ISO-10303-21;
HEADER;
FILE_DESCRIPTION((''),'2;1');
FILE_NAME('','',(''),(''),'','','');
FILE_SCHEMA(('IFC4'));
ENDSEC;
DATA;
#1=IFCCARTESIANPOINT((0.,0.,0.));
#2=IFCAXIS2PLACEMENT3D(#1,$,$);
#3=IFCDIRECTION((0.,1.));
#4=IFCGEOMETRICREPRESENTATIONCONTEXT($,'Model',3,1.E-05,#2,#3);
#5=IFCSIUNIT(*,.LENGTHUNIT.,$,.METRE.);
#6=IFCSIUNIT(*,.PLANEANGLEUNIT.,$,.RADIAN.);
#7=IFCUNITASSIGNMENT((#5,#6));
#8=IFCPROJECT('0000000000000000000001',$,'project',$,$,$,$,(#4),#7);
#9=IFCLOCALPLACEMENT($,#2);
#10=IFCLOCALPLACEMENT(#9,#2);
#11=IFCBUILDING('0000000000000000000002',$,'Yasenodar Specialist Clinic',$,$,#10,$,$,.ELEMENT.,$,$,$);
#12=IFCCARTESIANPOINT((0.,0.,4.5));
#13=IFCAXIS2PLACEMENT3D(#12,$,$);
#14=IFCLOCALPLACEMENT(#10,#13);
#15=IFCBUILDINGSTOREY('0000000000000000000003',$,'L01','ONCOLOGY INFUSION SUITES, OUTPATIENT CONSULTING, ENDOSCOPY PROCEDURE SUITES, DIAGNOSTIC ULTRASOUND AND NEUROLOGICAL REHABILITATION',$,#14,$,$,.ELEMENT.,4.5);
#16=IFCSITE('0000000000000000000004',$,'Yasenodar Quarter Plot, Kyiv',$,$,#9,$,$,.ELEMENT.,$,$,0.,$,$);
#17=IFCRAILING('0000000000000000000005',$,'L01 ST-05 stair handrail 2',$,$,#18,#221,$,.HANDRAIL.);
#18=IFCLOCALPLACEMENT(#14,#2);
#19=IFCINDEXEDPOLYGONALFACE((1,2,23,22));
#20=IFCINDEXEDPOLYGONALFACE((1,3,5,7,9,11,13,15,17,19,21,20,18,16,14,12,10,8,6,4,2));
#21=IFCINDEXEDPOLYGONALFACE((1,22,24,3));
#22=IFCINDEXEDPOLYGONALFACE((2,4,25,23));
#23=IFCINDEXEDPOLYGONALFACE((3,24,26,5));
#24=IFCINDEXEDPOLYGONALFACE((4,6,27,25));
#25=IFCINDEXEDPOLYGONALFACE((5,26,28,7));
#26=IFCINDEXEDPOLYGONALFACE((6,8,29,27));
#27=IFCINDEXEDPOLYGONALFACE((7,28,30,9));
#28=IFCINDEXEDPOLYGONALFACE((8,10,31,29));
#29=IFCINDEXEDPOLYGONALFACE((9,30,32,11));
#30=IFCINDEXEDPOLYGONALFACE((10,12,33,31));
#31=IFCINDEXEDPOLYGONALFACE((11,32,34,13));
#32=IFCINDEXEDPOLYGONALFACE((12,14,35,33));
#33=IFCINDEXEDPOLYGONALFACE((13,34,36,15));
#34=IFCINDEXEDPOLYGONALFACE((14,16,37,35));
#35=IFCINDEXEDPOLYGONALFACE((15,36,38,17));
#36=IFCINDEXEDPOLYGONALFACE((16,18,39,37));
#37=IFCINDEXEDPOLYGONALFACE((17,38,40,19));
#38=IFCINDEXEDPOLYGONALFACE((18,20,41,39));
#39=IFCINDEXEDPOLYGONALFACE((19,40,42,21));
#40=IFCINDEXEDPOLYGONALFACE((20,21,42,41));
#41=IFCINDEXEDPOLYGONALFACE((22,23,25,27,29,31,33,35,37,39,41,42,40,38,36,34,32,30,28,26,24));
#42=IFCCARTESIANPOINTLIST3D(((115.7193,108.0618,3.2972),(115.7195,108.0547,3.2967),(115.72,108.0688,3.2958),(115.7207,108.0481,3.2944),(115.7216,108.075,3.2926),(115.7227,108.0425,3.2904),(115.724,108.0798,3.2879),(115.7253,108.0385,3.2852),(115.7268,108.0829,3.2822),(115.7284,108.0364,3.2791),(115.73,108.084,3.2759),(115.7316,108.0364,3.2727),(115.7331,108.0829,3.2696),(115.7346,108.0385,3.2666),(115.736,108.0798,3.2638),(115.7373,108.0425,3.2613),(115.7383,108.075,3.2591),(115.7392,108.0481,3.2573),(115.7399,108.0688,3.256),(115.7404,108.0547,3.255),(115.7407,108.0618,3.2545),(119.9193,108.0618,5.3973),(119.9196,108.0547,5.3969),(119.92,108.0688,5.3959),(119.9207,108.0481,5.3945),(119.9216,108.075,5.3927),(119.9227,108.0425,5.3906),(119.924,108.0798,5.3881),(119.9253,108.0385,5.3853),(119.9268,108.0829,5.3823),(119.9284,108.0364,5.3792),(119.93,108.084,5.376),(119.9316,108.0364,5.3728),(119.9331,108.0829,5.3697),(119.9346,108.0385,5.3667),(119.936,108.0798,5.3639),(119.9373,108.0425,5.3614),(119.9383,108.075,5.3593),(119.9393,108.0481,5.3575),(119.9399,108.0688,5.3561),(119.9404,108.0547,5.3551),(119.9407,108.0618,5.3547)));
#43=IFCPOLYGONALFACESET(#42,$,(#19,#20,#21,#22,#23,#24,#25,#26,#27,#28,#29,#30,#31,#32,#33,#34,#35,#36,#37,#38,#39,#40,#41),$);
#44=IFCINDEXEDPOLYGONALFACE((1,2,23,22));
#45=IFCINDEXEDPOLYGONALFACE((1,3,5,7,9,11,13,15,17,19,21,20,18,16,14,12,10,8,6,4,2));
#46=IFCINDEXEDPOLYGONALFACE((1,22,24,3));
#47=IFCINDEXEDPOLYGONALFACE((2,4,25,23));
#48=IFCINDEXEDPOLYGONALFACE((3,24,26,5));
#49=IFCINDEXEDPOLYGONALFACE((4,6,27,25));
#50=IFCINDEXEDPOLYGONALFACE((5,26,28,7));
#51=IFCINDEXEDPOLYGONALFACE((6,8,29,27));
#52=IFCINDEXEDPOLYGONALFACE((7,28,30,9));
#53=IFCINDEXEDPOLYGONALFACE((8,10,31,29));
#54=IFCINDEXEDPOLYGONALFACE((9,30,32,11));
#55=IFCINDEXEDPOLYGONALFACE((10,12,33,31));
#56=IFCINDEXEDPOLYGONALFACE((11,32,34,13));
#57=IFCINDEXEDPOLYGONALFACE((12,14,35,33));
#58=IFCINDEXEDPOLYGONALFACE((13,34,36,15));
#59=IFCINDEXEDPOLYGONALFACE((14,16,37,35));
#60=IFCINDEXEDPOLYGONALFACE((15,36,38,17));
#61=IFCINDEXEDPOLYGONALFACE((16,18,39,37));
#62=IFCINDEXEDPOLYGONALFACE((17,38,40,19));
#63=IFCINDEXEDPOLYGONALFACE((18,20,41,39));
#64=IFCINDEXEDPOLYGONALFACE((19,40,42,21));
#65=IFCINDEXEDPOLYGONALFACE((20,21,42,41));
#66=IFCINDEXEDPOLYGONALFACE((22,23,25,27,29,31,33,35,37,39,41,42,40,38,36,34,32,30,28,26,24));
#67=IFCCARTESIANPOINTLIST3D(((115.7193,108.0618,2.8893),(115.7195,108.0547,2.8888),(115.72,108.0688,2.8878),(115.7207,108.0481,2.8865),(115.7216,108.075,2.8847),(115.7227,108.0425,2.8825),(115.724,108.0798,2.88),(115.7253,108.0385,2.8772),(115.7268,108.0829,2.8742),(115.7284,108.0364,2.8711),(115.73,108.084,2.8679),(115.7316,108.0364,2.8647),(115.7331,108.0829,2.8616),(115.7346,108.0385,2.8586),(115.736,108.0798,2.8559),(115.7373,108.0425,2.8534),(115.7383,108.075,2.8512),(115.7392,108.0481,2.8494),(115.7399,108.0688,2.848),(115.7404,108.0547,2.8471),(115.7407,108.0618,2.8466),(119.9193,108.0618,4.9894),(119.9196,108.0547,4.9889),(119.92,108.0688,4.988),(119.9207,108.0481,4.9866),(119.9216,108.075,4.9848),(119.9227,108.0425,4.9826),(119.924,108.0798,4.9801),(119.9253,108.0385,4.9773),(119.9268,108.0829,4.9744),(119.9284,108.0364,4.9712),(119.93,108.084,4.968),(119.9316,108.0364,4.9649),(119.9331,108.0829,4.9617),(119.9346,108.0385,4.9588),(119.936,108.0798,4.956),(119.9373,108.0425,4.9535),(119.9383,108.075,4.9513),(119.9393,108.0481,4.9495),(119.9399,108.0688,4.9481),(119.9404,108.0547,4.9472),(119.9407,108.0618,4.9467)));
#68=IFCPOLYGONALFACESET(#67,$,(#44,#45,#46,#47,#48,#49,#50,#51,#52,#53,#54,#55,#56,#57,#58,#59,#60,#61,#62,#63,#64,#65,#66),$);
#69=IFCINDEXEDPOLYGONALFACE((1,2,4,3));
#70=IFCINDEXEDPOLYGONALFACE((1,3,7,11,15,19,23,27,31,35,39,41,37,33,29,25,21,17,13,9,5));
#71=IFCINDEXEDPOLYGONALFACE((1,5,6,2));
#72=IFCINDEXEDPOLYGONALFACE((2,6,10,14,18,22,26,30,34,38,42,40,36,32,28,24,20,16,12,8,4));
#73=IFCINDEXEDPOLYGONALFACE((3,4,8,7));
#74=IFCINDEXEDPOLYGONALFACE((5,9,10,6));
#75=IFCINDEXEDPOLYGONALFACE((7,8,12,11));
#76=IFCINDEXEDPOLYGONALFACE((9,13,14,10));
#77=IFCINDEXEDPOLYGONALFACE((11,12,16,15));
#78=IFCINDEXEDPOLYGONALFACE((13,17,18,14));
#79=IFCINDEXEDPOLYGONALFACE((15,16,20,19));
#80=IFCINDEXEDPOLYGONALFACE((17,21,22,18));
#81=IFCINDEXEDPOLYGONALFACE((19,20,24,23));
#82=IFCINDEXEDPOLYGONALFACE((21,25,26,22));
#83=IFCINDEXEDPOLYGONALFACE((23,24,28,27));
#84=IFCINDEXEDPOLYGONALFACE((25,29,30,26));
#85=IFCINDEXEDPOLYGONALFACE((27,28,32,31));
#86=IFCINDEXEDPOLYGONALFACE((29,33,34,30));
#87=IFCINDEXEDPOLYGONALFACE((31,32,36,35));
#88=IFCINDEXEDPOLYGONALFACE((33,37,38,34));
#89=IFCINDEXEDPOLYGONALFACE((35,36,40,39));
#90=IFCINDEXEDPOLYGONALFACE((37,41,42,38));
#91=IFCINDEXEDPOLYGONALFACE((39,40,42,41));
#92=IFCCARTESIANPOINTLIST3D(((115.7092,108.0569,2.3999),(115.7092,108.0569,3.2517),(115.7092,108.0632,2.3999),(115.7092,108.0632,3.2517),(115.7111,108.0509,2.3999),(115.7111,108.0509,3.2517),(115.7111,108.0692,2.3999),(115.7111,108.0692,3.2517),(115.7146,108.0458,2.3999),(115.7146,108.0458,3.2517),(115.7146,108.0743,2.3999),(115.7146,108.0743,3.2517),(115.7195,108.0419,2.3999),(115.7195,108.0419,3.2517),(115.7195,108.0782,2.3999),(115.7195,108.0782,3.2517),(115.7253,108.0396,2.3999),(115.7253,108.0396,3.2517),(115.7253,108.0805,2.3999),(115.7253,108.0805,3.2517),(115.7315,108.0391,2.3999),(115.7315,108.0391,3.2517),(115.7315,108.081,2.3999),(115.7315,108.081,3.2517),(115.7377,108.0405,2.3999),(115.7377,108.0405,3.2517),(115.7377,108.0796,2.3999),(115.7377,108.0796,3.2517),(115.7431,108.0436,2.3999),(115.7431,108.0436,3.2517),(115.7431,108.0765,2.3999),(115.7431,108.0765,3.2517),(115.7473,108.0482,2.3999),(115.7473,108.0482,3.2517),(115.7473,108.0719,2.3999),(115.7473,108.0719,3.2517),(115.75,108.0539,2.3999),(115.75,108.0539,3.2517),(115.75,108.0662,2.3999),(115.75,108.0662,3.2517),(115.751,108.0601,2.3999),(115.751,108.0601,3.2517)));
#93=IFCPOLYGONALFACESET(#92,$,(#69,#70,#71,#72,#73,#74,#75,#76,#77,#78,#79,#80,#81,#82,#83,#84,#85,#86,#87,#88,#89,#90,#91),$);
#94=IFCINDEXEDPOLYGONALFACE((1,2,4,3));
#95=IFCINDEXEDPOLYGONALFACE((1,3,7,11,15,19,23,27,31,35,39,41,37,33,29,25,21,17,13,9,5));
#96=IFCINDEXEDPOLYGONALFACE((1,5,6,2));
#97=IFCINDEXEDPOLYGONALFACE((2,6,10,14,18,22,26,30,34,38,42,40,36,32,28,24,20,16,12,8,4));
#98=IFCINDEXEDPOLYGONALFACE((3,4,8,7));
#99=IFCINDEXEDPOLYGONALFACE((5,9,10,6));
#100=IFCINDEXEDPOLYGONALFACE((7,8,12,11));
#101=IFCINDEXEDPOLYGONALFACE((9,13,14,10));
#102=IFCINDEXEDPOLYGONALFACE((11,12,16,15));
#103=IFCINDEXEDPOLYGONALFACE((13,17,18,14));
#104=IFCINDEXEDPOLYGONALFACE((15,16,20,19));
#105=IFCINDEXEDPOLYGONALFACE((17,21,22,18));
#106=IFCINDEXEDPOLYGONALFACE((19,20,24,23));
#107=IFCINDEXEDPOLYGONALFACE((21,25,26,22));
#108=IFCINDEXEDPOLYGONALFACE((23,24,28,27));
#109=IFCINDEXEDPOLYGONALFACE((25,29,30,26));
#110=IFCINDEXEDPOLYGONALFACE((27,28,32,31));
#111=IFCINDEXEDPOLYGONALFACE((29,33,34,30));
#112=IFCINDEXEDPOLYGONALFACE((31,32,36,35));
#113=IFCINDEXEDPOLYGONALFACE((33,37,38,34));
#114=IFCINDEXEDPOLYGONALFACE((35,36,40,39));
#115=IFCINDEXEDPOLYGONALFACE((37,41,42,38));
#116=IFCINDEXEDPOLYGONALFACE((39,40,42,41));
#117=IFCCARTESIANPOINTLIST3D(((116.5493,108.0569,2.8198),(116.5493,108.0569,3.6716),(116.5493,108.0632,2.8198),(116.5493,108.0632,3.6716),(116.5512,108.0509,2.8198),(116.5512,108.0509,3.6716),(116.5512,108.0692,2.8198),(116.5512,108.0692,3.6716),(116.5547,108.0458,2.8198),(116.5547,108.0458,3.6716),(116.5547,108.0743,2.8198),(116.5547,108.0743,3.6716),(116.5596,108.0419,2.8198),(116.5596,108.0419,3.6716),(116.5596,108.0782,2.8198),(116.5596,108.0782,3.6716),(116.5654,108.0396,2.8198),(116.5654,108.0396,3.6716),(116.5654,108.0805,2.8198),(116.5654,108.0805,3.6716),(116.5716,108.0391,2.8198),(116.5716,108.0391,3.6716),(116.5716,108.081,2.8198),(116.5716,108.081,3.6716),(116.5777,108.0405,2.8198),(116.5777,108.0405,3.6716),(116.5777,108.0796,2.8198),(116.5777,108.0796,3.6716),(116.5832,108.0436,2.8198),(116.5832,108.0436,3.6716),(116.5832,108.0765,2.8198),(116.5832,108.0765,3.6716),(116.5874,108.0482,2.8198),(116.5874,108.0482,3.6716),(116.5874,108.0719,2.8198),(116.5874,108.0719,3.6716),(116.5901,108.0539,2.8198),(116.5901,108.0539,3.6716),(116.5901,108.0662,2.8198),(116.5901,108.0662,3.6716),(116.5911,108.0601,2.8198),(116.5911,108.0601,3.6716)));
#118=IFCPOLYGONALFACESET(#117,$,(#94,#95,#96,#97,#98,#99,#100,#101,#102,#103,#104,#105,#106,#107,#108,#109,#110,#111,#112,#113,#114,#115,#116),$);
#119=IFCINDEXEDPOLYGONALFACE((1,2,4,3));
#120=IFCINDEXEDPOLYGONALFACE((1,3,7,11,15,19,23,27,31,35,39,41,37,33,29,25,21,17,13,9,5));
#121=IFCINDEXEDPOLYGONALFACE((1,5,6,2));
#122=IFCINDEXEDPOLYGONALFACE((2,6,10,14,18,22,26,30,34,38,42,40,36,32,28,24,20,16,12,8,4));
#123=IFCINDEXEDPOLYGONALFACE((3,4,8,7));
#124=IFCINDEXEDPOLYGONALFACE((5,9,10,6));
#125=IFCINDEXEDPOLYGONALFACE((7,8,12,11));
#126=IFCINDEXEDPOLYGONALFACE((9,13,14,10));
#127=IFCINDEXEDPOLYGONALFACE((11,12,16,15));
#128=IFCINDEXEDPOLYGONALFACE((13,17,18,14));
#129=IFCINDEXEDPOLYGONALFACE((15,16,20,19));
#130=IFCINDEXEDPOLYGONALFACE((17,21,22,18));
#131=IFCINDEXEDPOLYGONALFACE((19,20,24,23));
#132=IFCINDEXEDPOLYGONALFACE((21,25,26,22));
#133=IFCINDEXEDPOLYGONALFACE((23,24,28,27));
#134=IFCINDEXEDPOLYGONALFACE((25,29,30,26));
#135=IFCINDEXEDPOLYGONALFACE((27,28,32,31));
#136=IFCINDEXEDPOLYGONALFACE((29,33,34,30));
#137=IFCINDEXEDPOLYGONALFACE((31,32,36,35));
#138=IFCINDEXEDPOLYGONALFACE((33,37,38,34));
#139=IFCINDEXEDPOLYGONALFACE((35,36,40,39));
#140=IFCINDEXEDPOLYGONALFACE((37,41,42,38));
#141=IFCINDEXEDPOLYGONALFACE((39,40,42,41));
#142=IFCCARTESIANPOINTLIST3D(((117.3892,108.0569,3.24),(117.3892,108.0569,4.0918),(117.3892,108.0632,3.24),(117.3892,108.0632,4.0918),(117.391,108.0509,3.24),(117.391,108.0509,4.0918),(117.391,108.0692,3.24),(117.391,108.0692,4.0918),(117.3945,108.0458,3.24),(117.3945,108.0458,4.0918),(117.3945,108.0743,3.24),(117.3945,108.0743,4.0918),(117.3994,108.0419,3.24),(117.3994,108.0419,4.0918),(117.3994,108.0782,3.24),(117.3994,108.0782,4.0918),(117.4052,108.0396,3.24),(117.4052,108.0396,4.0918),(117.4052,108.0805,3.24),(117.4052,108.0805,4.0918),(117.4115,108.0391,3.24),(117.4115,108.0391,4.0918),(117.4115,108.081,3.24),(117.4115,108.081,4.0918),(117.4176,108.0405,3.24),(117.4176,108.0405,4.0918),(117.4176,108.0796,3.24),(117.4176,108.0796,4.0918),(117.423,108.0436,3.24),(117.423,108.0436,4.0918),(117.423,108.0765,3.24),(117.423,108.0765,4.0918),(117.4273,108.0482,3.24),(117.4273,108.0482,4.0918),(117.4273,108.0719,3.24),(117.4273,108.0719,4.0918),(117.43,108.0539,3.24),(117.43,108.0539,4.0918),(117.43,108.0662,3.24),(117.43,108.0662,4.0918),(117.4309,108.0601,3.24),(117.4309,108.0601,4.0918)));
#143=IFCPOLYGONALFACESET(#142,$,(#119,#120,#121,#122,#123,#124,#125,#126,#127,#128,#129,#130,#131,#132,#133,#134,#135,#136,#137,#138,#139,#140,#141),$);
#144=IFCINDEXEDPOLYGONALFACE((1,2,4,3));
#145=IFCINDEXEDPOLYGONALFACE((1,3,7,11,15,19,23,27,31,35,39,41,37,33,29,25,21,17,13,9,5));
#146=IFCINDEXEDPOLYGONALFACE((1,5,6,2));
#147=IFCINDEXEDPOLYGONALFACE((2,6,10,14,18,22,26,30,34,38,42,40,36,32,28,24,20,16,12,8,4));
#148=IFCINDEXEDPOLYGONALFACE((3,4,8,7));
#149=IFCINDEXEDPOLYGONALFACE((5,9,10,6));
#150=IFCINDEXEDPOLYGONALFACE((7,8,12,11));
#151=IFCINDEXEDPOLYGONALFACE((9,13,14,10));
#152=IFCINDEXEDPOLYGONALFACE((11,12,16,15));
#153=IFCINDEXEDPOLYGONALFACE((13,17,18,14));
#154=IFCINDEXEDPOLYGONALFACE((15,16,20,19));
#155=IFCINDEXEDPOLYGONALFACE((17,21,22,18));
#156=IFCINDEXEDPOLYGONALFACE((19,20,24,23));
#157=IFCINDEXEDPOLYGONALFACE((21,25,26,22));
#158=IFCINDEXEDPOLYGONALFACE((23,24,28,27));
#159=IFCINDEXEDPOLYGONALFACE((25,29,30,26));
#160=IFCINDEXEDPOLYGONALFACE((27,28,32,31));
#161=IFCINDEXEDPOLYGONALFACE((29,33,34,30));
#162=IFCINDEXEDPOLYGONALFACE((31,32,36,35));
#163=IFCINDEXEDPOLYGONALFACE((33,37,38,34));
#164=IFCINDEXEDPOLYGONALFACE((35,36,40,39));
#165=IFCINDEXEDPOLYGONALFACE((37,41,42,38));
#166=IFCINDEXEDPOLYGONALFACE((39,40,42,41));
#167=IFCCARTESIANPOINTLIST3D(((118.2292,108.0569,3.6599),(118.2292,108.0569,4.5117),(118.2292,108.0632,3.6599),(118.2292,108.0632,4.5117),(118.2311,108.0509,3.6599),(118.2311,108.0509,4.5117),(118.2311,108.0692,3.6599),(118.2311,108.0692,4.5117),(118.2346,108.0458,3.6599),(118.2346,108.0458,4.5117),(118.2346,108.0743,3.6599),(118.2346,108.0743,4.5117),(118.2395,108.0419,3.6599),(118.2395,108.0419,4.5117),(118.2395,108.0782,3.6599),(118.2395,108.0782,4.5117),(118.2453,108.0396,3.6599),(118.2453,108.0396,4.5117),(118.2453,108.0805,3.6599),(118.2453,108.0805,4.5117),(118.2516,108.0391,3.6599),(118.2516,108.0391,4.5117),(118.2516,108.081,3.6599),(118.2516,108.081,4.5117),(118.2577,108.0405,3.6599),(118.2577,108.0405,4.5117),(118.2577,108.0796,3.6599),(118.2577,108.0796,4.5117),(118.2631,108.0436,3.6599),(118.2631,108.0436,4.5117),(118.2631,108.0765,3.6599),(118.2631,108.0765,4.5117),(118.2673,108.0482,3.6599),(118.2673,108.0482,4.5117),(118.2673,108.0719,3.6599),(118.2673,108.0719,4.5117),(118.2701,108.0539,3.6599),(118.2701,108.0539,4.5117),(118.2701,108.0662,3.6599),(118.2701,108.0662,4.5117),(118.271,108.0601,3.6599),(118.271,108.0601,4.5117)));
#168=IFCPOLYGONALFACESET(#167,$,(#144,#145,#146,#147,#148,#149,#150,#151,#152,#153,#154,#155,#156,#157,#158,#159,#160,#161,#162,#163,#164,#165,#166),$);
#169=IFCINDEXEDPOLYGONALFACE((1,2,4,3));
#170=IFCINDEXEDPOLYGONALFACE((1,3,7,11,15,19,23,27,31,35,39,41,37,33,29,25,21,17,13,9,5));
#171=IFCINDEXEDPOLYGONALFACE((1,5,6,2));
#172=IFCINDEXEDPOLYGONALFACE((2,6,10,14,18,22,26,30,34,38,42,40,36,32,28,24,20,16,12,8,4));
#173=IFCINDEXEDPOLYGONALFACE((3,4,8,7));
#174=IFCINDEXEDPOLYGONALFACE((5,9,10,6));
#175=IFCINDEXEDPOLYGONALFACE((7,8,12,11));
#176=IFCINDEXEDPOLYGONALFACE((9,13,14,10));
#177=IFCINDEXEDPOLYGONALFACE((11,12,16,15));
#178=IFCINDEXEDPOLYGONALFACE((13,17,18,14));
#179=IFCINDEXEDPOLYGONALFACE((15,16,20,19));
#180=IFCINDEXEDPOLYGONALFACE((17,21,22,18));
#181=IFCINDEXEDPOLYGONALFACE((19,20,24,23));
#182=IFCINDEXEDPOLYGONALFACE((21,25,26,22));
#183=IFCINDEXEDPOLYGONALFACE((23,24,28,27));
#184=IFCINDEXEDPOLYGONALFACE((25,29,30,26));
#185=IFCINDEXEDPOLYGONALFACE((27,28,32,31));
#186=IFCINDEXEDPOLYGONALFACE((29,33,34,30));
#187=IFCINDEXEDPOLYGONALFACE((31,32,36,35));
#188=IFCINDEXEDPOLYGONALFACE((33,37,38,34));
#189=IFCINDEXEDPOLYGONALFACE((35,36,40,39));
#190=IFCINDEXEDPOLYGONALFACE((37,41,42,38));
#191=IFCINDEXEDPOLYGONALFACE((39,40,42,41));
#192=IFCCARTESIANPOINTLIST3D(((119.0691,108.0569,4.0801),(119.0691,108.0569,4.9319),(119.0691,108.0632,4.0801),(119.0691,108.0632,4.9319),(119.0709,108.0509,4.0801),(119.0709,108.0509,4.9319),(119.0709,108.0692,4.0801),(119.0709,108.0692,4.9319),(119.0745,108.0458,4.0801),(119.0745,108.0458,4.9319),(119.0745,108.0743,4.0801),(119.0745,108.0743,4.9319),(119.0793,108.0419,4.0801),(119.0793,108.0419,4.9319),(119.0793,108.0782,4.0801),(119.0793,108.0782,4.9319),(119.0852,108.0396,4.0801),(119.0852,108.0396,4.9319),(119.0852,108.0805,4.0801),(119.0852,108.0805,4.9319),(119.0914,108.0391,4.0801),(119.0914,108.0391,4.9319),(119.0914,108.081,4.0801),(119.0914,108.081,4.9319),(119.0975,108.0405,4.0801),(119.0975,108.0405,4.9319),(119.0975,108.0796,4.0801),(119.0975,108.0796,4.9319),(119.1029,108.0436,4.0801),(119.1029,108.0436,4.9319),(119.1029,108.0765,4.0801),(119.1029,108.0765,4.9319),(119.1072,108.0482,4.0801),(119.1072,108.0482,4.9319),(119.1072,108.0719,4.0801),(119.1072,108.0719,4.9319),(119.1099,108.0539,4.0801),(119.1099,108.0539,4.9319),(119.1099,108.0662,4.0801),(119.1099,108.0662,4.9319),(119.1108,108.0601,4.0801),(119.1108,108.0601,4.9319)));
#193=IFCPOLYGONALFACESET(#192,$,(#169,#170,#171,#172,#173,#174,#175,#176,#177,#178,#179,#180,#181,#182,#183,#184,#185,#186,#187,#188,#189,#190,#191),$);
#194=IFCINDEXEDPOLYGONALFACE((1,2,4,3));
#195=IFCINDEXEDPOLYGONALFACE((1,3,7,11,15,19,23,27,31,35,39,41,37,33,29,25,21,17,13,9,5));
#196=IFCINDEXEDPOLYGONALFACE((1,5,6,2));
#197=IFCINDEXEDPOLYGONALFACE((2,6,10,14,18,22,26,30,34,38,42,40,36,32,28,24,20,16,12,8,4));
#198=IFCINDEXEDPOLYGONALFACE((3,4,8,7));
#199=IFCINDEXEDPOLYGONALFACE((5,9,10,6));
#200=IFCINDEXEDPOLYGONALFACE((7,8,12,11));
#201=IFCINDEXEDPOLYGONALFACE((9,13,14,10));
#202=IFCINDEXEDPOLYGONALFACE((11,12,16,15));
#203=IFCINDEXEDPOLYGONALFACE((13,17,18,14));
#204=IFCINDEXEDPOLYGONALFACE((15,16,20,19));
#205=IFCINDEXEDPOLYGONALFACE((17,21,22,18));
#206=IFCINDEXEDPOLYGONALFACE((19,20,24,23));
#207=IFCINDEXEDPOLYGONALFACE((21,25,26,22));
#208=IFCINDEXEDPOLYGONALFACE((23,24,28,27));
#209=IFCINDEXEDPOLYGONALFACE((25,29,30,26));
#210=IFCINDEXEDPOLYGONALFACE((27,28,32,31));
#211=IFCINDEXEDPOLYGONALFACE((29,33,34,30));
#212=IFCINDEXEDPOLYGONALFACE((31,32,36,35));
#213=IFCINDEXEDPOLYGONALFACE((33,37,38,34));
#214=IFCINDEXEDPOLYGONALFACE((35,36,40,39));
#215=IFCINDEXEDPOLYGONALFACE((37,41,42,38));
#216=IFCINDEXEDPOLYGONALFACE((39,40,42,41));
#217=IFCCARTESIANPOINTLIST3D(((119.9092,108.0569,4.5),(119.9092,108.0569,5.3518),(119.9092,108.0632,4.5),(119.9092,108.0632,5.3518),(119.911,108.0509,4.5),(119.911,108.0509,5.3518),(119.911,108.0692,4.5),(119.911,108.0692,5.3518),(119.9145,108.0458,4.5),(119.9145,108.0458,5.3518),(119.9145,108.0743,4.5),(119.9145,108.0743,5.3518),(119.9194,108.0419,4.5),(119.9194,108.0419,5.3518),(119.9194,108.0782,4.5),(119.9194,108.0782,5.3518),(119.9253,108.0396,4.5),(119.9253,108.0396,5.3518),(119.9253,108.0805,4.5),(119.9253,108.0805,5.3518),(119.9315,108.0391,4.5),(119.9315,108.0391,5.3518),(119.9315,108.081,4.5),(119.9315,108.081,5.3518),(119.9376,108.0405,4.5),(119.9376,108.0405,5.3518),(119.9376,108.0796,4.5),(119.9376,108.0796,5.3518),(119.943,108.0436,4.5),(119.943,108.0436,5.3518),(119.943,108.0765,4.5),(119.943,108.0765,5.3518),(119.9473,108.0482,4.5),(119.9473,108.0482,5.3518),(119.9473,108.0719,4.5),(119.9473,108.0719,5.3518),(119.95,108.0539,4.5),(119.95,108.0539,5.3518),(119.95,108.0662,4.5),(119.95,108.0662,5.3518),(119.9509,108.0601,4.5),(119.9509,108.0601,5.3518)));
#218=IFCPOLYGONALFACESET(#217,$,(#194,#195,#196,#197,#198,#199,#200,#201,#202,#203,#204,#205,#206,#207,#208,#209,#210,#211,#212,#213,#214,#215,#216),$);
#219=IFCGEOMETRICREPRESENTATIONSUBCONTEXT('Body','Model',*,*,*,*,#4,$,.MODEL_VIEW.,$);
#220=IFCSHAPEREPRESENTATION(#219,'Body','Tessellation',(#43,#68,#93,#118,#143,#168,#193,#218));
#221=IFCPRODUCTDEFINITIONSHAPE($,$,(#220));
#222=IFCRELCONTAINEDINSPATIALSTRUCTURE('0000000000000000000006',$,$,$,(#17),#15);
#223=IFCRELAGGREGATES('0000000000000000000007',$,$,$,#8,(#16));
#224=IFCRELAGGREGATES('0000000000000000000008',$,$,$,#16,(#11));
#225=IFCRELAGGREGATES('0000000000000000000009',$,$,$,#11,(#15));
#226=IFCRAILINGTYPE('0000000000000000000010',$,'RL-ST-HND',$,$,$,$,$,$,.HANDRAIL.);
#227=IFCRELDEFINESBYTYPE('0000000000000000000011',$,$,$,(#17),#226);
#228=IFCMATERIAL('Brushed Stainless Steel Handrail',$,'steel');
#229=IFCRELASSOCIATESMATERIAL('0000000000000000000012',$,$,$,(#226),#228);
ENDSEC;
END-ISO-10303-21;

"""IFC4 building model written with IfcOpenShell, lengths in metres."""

from ifc_helpers import new_model, si_unit, direction, frame, origin, origin_2d, place, context, subcontext, project, spatial, circle, extrude, material, type_object, element, save


model = new_model("IFC4")

# Units and contexts
model_context = context("Model", 3, precision=1e-05, world=origin(), true_north=direction((0.0, 1.0)))
body_context = subcontext(model_context, "Body", "Model", "MODEL_VIEW")
ifc_project = project(units=[si_unit("LENGTHUNIT", "METRE"), si_unit("PLANEANGLEUNIT", "RADIAN")], contexts=[model_context])

# Site, building, storey
site_placement = place(None, origin())
site = spatial("IfcSite", under=ifc_project, at=site_placement, Name="Yasenodar Quarter Plot, Kyiv", CompositionType="ELEMENT", RefElevation=0.0)
building_placement = place(site_placement, origin())
building = spatial("IfcBuilding", under=site, at=building_placement, Name="Yasenodar Specialist Clinic", CompositionType="ELEMENT")
storey_placement = place(building_placement, frame((0.0, 0.0, 4.5)))
storey = spatial("IfcBuildingStorey", under=building, at=storey_placement, Name="L01", Description="ONCOLOGY INFUSION SUITES, OUTPATIENT CONSULTING, ENDOSCOPY PROCEDURE SUITES, DIAGNOSTIC ULTRASOUND AND NEUROLOGICAL REHABILITATION", CompositionType="ELEMENT", Elevation=4.5)

# Railing
ifc_material_1 = material(Name="Brushed Stainless Steel Handrail", Category="steel")
railing_type_1 = type_object("IfcRailingType", Name="RL-ST-HND", PredefinedType="HANDRAIL", material=ifc_material_1)
railing_1_placement = place(storey_placement, frame((115.73, 108.0601, 2.3999)))
element("IfcRailing", 1, at=railing_1_placement, inside=storey, type_object=railing_type_1, Name="L01 ST-05 stair handrail 2", PredefinedType="HANDRAIL", context=body_context, shape_type="SweptSolid", body=[
    extrude(circle(Radius=0.0239, at=origin_2d()), frame((0.0, 0.0, 0.876), z_axis=(0.894417, 0.0, 0.447234), x_axis=(0.0, 1.0, 0.0)), (0.0, 0.0, 1.0), 4.6958),
    extrude(circle(Radius=0.0239, at=origin_2d()), frame((0.0, 0.0, 0.468), z_axis=(0.894417, 0.0, 0.447234), x_axis=(0.0, 1.0, 0.0)), (0.0, 0.0, 1.0), 4.6958),
    extrude(circle(Radius=0.021, at=origin_2d()), origin(), (0.0, 0.0, 1.0), 0.8518),
    extrude(circle(Radius=0.021, at=origin_2d()), frame((0.8401, 0.0, 0.4199)), (0.0, 0.0, 1.0), 0.8518),
    extrude(circle(Radius=0.021, at=origin_2d()), frame((1.6799, 0.0, 0.8401)), (0.0, 0.0, 1.0), 0.8518),
    extrude(circle(Radius=0.021, at=origin_2d()), frame((2.52, 0.0, 1.26)), (0.0, 0.0, 1.0), 0.8518),
    extrude(circle(Radius=0.021, at=origin_2d()), frame((3.3599, 0.0, 1.6802)), (0.0, 0.0, 1.0), 0.8518),
    extrude(circle(Radius=0.021, at=origin_2d()), frame((4.2, 0.0, 2.1001)), (0.0, 0.0, 1.0), 0.8518),
])

save(model, "model.ifc")
